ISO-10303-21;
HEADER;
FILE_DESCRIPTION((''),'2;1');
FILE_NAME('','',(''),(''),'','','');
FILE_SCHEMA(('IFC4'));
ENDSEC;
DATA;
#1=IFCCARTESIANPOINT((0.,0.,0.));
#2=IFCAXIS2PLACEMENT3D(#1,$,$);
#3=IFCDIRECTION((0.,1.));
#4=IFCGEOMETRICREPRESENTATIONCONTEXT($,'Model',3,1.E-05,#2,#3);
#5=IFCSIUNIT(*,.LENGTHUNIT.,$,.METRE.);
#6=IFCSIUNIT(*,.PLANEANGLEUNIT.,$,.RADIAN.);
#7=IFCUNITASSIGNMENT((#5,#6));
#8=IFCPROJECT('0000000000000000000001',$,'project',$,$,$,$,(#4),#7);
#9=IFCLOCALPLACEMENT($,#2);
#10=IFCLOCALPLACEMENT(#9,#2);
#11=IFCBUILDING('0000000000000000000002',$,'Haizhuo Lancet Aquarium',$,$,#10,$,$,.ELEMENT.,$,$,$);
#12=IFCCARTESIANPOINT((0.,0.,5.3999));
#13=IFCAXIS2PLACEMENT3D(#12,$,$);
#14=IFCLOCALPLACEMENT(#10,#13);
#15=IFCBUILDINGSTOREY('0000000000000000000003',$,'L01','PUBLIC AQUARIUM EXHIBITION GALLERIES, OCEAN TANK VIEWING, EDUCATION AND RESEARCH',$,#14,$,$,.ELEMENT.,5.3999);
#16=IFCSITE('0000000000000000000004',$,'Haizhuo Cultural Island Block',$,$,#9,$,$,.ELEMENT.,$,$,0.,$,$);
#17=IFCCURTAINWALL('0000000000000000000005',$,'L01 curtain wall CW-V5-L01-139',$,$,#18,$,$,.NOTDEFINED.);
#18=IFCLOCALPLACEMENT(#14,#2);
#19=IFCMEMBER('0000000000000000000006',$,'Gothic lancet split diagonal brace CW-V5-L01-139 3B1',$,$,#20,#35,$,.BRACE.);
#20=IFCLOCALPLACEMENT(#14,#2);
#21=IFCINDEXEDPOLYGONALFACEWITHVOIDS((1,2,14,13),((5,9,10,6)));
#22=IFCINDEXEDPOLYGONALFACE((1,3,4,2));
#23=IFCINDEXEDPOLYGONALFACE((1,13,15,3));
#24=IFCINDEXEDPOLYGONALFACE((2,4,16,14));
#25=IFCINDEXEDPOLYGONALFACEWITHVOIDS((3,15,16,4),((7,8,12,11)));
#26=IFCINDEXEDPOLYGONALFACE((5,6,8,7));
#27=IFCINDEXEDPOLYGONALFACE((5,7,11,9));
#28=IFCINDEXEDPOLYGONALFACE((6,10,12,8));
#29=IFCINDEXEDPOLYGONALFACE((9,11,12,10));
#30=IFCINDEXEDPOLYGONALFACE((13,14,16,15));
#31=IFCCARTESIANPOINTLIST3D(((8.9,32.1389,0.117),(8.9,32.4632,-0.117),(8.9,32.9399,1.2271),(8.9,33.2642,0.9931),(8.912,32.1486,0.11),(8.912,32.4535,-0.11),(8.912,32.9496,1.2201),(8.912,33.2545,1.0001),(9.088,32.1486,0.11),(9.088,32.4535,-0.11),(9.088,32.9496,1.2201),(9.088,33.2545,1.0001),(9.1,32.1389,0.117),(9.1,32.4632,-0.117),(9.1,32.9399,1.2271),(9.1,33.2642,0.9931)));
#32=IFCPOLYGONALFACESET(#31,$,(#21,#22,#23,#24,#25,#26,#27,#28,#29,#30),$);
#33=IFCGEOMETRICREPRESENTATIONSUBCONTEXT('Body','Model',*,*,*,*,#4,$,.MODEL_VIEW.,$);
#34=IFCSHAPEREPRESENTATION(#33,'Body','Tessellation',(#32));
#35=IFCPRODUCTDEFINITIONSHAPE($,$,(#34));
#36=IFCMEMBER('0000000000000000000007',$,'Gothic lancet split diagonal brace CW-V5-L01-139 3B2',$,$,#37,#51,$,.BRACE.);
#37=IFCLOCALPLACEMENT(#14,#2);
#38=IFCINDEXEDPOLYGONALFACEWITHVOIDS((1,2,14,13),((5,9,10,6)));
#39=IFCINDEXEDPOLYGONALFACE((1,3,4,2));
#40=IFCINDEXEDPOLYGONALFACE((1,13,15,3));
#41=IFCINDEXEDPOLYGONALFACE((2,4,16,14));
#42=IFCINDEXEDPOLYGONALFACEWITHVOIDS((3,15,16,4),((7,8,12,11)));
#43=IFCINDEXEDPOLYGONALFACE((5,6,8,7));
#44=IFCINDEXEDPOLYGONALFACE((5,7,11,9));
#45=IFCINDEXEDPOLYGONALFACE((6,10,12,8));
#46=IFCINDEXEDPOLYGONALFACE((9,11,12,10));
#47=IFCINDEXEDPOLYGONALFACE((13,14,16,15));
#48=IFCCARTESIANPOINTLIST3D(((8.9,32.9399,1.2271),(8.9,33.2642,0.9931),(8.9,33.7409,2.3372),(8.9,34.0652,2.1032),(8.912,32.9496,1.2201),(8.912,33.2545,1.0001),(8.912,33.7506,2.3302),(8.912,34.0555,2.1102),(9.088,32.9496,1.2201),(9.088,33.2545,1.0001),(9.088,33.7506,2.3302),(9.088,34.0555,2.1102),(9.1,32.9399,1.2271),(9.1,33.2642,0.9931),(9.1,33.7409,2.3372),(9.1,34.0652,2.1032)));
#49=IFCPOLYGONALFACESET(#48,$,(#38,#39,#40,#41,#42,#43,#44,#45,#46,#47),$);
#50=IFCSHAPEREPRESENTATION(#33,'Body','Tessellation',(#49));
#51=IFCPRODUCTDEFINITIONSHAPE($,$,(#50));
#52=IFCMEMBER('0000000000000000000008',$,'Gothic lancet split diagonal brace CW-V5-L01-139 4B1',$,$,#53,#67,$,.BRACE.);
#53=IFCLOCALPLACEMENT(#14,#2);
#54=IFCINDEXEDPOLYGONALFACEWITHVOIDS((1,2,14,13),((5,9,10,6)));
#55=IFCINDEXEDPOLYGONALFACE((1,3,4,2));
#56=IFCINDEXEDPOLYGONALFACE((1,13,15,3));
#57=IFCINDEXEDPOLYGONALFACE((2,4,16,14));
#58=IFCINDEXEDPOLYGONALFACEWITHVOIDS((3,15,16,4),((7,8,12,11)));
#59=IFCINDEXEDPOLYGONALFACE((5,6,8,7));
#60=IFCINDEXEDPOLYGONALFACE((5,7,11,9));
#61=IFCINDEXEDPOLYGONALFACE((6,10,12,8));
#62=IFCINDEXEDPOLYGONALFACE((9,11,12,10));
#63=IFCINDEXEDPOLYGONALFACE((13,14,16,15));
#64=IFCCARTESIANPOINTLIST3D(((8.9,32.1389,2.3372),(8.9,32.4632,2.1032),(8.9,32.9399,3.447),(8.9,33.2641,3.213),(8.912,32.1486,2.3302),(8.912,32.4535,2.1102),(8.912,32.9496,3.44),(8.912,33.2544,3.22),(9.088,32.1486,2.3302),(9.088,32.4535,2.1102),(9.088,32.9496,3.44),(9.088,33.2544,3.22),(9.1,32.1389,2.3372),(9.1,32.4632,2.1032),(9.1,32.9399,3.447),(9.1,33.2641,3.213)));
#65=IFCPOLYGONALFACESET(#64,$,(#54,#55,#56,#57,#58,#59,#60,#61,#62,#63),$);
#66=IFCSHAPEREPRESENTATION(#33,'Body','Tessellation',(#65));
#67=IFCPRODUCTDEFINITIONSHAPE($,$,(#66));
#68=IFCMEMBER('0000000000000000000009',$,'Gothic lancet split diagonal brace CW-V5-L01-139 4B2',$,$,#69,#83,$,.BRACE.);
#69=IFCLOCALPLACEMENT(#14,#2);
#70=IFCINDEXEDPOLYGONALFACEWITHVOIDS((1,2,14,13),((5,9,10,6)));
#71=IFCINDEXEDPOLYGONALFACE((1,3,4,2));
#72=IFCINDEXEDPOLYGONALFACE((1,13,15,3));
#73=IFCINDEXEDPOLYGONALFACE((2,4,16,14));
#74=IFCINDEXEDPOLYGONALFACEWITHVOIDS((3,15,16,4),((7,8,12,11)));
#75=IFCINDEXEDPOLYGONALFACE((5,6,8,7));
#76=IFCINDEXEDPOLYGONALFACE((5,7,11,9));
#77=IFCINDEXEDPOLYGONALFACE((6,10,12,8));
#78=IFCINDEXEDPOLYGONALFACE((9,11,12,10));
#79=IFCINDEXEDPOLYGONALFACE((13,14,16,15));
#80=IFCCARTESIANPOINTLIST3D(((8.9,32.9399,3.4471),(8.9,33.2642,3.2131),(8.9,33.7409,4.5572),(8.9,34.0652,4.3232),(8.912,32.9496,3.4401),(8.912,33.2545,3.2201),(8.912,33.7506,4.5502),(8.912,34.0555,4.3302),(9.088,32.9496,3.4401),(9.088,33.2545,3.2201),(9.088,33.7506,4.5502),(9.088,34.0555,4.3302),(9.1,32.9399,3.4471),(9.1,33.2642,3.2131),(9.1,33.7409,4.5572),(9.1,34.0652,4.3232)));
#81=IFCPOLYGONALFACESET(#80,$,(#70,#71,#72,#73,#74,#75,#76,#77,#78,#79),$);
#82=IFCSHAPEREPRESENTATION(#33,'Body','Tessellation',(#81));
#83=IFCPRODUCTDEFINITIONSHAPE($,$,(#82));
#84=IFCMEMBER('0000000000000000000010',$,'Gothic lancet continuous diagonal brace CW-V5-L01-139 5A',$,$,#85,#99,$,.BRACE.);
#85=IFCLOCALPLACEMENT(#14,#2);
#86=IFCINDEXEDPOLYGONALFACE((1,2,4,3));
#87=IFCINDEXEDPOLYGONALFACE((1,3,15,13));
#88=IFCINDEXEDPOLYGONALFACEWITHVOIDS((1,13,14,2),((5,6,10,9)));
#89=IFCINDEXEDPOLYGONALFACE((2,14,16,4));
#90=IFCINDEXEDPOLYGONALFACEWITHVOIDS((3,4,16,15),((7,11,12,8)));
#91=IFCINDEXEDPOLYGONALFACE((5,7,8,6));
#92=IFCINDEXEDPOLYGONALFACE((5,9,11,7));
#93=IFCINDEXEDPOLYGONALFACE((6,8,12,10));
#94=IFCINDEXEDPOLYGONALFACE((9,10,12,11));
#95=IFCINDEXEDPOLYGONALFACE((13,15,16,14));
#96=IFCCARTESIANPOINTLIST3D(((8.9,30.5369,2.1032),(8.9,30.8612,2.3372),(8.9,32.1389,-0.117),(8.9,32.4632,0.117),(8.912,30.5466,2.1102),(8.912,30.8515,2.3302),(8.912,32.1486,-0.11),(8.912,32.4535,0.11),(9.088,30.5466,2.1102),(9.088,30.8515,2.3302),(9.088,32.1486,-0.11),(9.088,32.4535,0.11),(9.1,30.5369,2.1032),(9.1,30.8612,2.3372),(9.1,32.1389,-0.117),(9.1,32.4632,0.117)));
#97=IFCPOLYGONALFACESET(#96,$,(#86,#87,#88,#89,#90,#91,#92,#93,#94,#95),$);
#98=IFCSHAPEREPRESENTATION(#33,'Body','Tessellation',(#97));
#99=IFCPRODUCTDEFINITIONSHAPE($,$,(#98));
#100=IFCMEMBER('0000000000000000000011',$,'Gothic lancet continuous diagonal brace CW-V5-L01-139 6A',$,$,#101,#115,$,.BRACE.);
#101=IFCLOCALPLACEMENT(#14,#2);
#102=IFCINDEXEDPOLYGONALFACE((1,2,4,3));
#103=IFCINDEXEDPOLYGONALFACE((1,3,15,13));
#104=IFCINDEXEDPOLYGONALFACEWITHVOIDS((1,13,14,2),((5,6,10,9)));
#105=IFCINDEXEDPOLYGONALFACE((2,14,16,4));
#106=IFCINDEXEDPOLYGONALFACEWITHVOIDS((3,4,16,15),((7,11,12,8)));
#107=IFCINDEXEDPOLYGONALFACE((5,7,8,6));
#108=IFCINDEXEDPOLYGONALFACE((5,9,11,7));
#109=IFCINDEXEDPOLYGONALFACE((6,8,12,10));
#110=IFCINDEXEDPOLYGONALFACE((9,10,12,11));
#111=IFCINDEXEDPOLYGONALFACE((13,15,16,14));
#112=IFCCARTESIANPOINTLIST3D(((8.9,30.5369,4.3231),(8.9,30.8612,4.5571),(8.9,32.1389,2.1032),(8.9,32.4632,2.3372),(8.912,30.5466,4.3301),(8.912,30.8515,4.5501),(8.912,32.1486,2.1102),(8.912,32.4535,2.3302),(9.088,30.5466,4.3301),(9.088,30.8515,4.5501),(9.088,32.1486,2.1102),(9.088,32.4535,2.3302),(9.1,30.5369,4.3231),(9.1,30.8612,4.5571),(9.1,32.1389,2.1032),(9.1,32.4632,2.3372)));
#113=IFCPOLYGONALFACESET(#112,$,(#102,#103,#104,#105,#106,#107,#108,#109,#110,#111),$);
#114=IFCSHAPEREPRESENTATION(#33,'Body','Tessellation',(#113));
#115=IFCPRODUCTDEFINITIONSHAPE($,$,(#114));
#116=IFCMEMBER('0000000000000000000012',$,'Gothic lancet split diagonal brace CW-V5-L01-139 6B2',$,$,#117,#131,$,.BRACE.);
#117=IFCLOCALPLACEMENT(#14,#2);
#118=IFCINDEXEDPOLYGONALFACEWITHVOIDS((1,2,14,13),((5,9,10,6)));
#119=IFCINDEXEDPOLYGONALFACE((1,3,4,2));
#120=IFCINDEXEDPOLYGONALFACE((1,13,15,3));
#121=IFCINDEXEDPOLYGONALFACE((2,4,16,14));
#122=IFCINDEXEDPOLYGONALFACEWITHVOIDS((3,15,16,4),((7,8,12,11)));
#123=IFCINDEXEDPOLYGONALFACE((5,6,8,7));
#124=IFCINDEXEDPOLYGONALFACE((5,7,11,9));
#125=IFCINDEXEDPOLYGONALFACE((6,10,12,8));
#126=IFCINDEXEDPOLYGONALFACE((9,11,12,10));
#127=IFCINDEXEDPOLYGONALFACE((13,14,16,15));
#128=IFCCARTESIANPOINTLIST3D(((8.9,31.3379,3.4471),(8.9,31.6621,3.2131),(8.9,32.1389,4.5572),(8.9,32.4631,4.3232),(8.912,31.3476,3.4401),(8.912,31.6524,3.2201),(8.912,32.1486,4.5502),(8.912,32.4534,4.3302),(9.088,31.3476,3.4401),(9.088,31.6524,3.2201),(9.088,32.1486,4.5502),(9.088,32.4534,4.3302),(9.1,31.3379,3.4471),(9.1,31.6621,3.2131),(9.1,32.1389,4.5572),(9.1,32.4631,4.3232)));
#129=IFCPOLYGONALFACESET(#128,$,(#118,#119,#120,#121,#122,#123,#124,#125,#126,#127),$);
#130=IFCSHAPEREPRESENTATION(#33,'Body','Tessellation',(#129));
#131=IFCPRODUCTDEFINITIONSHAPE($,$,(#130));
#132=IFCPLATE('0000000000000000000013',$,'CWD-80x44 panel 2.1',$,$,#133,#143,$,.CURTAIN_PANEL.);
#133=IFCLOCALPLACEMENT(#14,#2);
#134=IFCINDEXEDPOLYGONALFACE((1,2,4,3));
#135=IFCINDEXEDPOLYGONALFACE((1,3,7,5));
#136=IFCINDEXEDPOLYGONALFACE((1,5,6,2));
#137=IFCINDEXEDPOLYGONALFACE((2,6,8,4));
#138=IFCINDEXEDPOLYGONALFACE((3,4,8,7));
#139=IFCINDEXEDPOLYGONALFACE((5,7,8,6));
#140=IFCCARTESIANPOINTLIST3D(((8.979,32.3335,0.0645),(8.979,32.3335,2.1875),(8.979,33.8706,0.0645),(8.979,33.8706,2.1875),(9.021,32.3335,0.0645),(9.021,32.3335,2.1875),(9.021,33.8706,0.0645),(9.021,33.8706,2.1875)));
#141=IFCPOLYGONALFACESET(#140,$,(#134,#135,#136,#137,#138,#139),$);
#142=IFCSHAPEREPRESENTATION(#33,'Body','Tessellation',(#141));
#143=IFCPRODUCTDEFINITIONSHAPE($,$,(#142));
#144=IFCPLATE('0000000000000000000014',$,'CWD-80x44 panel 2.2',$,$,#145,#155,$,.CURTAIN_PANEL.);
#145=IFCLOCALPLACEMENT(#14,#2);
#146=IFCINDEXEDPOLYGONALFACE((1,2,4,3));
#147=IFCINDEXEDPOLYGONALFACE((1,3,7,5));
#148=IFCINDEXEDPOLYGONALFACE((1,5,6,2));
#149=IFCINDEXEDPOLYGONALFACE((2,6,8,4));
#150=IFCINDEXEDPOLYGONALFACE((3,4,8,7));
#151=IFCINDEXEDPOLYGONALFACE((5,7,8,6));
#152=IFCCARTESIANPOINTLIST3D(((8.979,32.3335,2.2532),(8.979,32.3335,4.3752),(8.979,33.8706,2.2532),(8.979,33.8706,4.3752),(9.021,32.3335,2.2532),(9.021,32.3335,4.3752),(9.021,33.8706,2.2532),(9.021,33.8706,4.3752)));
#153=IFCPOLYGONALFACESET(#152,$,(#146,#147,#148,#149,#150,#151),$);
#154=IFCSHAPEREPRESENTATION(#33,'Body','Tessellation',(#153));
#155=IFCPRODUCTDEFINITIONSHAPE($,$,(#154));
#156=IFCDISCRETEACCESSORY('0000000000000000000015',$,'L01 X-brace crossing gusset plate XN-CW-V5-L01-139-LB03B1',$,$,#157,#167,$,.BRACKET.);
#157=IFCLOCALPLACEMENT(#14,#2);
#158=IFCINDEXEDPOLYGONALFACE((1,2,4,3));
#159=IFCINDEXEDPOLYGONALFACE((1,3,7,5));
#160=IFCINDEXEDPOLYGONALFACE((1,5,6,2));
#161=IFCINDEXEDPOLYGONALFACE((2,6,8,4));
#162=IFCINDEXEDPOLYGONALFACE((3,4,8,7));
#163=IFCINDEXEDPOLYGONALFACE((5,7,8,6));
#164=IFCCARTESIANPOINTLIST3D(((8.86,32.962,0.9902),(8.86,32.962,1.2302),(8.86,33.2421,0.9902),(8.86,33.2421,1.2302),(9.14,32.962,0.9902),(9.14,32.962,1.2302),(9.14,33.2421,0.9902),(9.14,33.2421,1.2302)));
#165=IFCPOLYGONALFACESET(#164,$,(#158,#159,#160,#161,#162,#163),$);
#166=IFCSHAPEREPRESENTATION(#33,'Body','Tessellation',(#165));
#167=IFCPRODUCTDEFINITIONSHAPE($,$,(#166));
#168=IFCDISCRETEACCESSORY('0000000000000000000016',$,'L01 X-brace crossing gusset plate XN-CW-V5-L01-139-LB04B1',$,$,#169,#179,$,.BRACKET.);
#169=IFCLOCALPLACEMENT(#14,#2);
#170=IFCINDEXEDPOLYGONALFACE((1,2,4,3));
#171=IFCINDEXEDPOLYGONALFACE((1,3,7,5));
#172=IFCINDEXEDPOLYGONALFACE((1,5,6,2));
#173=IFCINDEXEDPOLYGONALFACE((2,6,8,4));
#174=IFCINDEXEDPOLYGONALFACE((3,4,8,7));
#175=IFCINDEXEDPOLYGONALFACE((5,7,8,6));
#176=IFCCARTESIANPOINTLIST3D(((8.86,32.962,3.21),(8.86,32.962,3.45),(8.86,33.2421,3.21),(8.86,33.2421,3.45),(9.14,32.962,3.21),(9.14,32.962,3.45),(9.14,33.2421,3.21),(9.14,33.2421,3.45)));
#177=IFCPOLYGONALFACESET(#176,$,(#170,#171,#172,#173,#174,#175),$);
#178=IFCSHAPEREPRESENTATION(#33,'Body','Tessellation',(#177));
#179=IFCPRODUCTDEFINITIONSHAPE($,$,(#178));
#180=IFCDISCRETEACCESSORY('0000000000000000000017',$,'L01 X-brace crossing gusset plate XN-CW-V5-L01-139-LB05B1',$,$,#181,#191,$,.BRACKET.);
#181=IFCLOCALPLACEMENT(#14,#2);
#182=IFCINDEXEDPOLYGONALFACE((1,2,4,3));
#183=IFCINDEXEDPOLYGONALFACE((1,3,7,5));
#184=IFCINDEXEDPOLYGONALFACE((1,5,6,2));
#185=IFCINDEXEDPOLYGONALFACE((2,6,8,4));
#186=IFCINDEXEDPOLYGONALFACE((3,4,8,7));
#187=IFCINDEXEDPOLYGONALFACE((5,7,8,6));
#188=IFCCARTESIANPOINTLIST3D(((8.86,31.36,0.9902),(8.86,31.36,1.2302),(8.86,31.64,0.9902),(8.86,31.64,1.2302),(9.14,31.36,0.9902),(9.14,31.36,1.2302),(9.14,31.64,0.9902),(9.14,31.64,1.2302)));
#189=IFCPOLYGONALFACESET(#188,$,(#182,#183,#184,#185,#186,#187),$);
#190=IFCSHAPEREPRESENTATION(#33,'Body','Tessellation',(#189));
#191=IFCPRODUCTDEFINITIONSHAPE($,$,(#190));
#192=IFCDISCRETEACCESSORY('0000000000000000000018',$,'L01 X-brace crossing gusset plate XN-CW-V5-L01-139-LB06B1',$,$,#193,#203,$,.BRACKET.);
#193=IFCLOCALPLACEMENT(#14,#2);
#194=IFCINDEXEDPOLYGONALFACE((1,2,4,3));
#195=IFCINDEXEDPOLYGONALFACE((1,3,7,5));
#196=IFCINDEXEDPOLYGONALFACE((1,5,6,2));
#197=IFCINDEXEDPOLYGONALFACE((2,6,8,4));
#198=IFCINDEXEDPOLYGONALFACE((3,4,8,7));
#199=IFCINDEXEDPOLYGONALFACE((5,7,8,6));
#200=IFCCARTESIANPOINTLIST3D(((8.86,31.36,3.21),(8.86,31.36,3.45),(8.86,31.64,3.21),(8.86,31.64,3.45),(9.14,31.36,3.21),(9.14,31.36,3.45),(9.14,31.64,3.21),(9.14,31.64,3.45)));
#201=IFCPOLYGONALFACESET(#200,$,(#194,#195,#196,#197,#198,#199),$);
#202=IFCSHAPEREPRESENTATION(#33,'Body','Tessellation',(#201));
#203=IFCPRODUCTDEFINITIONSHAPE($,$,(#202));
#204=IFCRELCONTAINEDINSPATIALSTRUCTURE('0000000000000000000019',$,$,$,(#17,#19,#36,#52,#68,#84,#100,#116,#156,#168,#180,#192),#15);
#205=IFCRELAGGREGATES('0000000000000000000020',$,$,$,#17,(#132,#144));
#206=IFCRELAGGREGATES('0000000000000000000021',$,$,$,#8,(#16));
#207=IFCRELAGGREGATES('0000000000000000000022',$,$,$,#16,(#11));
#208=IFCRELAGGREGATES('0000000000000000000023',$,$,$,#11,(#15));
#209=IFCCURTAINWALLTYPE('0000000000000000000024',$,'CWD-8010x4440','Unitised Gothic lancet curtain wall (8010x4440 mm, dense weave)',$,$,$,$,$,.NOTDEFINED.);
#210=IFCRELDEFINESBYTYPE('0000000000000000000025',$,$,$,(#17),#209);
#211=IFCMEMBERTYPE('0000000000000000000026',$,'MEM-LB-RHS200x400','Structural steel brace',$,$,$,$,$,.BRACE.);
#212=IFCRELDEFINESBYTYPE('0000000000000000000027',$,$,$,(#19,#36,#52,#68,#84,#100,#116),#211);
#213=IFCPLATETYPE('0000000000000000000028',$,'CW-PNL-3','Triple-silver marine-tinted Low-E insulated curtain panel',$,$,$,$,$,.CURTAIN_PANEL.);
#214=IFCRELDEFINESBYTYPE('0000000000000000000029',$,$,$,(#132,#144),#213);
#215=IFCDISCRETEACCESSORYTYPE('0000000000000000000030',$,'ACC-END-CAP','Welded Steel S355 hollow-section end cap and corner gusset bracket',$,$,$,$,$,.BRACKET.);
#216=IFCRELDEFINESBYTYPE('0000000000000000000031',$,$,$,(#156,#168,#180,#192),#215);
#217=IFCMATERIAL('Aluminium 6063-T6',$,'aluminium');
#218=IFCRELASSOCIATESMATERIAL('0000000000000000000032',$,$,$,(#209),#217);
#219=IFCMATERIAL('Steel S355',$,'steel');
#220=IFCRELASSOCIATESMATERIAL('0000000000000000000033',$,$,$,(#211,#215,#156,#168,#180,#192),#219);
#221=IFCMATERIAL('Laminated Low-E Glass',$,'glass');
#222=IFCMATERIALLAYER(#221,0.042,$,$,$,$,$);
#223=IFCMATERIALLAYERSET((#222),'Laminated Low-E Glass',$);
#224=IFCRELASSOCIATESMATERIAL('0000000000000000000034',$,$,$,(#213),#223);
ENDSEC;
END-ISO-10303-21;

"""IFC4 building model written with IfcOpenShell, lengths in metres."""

from ifc_helpers import new_model, si_unit, direction, frame, origin, origin_2d, place, context, subcontext, project, spatial, rectangle, hollow_rectangle, extrude, material, layer, layer_set, material_profile, profile_set, type_object, element, aggregate, save


model = new_model("IFC4")

# Units and contexts
model_context = context("Model", 3, precision=1e-05, world=origin(), true_north=direction((0.0, 1.0)))
body_context = subcontext(model_context, "Body", "Model", "MODEL_VIEW")
ifc_project = project(units=[si_unit("LENGTHUNIT", "METRE"), si_unit("PLANEANGLEUNIT", "RADIAN")], contexts=[model_context])

# Site, building, storey
site_placement = place(None, origin())
site = spatial("IfcSite", under=ifc_project, at=site_placement, Name="Haizhuo Cultural Island Block", CompositionType="ELEMENT", RefElevation=0.0)
building_placement = place(site_placement, origin())
building = spatial("IfcBuilding", under=site, at=building_placement, Name="Haizhuo Lancet Aquarium", CompositionType="ELEMENT")
storey_placement = place(building_placement, frame((0.0, 0.0, 5.3999)))
storey = spatial("IfcBuildingStorey", under=building, at=storey_placement, Name="L01", Description="PUBLIC AQUARIUM EXHIBITION GALLERIES, OCEAN TANK VIEWING, EDUCATION AND RESEARCH", CompositionType="ELEMENT", Elevation=5.3999)

# Curtain wall
ifc_material_1 = material(Name="Aluminium 6063-T6", Category="aluminium")
curtain_wall_type = type_object("IfcCurtainWallType", Name="CWD-8010x4440", Description="Unitised Gothic lancet curtain wall (8010x4440 mm, dense weave)", PredefinedType="NOTDEFINED", material=ifc_material_1)
curtain_wall_placement = place(storey_placement, origin())
curtain_wall = element("IfcCurtainWall", 1, at=curtain_wall_placement, inside=storey, type_object=curtain_wall_type, Name="L01 curtain wall CW-V5-L01-139", PredefinedType="NOTDEFINED")

# Members
ifc_material_2 = material(Name="Steel S355", Category="steel")
ifc_material_profile_1 = material_profile(ifc_material_2, hollow_rectangle(XDim=0.2, YDim=0.3999, WallThickness=0.012, at=origin_2d()), Name="RHS 200x400x12")
ifc_profile_set_1 = profile_set([ifc_material_profile_1], Name="Steel S355")
member_type_1 = type_object("IfcMemberType", Name="MEM-LB-RHS200x400", Description="Structural steel brace", PredefinedType="BRACE", material=ifc_profile_set_1)
for number, where, z_axis, x_axis, name in (
    (2, (9.0, 32.301, 0.0), (0.0, 0.585145, 0.810928), (-1.0, 0.0, 0.0), "Gothic lancet split diagonal brace CW-V5-L01-139 3B1"),
    (3, (9.0, 33.1021, 1.1101), (0.0, 0.585145, 0.810928), (-1.0, 0.0, 0.0), "Gothic lancet split diagonal brace CW-V5-L01-139 3B2"),
):
    element("IfcMember", number, at=place(storey_placement, frame(where, z_axis=z_axis, x_axis=x_axis)), inside=storey, type_object=member_type_1, Name=name, PredefinedType="BRACE", context=body_context, shape_type="SweptSolid", body=[
        extrude(hollow_rectangle(XDim=0.2, YDim=0.3999, WallThickness=0.012, at=origin_2d()), origin(), (0.0, 0.0, 1.0), 1.3689),
    ])
member_1_placement = place(storey_placement, frame((9.0, 32.301, 2.2202), z_axis=(0.0, 0.58523, 0.810867), x_axis=(-1.0, 0.0, 0.0)))
element("IfcMember", 4, at=member_1_placement, inside=storey, type_object=member_type_1, Name="Gothic lancet split diagonal brace CW-V5-L01-139 4B1", PredefinedType="BRACE", context=body_context, shape_type="SweptSolid", body=[
    extrude(hollow_rectangle(XDim=0.2, YDim=0.3999, WallThickness=0.012, at=origin_2d()), origin(), (0.0, 0.0, 1.0), 1.3687),
])
member_2_placement = place(storey_placement, frame((9.0, 33.1021, 3.3301), z_axis=(0.0, 0.585145, 0.810928), x_axis=(-1.0, 0.0, 0.0)))
element("IfcMember", 5, at=member_2_placement, inside=storey, type_object=member_type_1, Name="Gothic lancet split diagonal brace CW-V5-L01-139 4B2", PredefinedType="BRACE", context=body_context, shape_type="SweptSolid", body=[
    extrude(hollow_rectangle(XDim=0.2, YDim=0.3999, WallThickness=0.012, at=origin_2d()), origin(), (0.0, 0.0, 1.0), 1.3689),
])
member_3_placement = place(storey_placement, frame((9.0, 32.301, 0.0), z_axis=(0.0, -0.585145, 0.810928), x_axis=(1.0, 0.0, 0.0)))
element("IfcMember", 6, at=member_3_placement, inside=storey, type_object=member_type_1, Name="Gothic lancet continuous diagonal brace CW-V5-L01-139 5A", PredefinedType="BRACE", context=body_context, shape_type="SweptSolid", body=[
    extrude(hollow_rectangle(XDim=0.2, YDim=0.3999, WallThickness=0.012, at=origin_2d()), origin(), (0.0, 0.0, 1.0), 2.7378),
])
member_4_placement = place(storey_placement, frame((9.0, 32.301, 2.2202), z_axis=(0.0, -0.585188, 0.810898), x_axis=(1.0, 0.0, 0.0)))
element("IfcMember", 7, at=member_4_placement, inside=storey, type_object=member_type_1, Name="Gothic lancet continuous diagonal brace CW-V5-L01-139 6A", PredefinedType="BRACE", context=body_context, shape_type="SweptSolid", body=[
    extrude(hollow_rectangle(XDim=0.2, YDim=0.3999, WallThickness=0.012, at=origin_2d()), origin(), (0.0, 0.0, 1.0), 2.7375),
])
member_5_placement = place(storey_placement, frame((9.0, 31.5, 3.3301), z_axis=(0.0, 0.585145, 0.810928), x_axis=(-1.0, 0.0, 0.0)))
element("IfcMember", 8, at=member_5_placement, inside=storey, type_object=member_type_1, Name="Gothic lancet split diagonal brace CW-V5-L01-139 6B2", PredefinedType="BRACE", context=body_context, shape_type="SweptSolid", body=[
    extrude(hollow_rectangle(XDim=0.2, YDim=0.3999, WallThickness=0.012, at=origin_2d()), origin(), (0.0, 0.0, 1.0), 1.3689),
])

# Plates
ifc_material_3 = material(Name="Laminated Low-E Glass", Category="glass")
ifc_layer = layer(ifc_material_3, 0.042)
ifc_layer_set = layer_set([ifc_layer], Name="Laminated Low-E Glass")
plate_type = type_object("IfcPlateType", Name="CW-PNL-3", Description="Triple-silver marine-tinted Low-E insulated curtain panel", PredefinedType="CURTAIN_PANEL", material=ifc_layer_set)
plate_1_placement = place(storey_placement, frame((9.0, 33.1021, 0.0645), z_axis=(0.0, 0.0, 1.0), x_axis=(0.0, -1.0, 0.0)))
plate_1 = element("IfcPlate", 9, at=plate_1_placement, type_object=plate_type, Name="CWD-80x44 panel 2.1", PredefinedType="CURTAIN_PANEL", context=body_context, shape_type="SweptSolid", body=[
    extrude(rectangle(XDim=1.5371, YDim=0.042, at=origin_2d()), origin(), (0.0, 0.0, 1.0), 2.123),
])
plate_2_placement = place(storey_placement, frame((9.0, 33.1021, 2.2532), z_axis=(0.0, 0.0, 1.0), x_axis=(0.0, -1.0, 0.0)))
plate_2 = element("IfcPlate", 10, at=plate_2_placement, type_object=plate_type, Name="CWD-80x44 panel 2.2", PredefinedType="CURTAIN_PANEL", context=body_context, shape_type="SweptSolid", body=[
    extrude(rectangle(XDim=1.5371, YDim=0.042, at=origin_2d()), origin(), (0.0, 0.0, 1.0), 2.1221),
])
aggregate(curtain_wall, [plate_1, plate_2])

# Discrete accessories
discrete_accessory_type = type_object("IfcDiscreteAccessoryType", Name="ACC-END-CAP", Description="Welded Steel S355 hollow-section end cap and corner gusset bracket", PredefinedType="BRACKET", material=ifc_material_2)
for number, where, z_axis, x_axis, name in (
    (11, (9.0, 33.1021, 0.9902), (0.0, 0.0, 1.0), (1.0, 0.0, 0.0), "L01 X-brace crossing gusset plate XN-CW-V5-L01-139-LB03B1"),
    (12, (9.0, 33.1021, 3.21), (0.0, 0.0, 1.0), (1.0, 0.0, 0.0), "L01 X-brace crossing gusset plate XN-CW-V5-L01-139-LB04B1"),
    (13, (9.0, 31.5, 0.9902), (0.0, 0.0, 1.0), (1.0, 0.0, 0.0), "L01 X-brace crossing gusset plate XN-CW-V5-L01-139-LB05B1"),
    (14, (9.0, 31.5, 3.21), (0.0, 0.0, 1.0), (1.0, 0.0, 0.0), "L01 X-brace crossing gusset plate XN-CW-V5-L01-139-LB06B1"),
):
    element("IfcDiscreteAccessory", number, at=place(storey_placement, frame(where, z_axis=z_axis, x_axis=x_axis)), inside=storey, type_object=discrete_accessory_type, material=ifc_material_2, Name=name, PredefinedType="BRACKET", context=body_context, shape_type="SweptSolid", body=[
        extrude(rectangle(XDim=0.28, YDim=0.28, at=origin_2d()), origin(), (0.0, 0.0, 1.0), 0.24),
    ])

save(model, "model.ifc")
